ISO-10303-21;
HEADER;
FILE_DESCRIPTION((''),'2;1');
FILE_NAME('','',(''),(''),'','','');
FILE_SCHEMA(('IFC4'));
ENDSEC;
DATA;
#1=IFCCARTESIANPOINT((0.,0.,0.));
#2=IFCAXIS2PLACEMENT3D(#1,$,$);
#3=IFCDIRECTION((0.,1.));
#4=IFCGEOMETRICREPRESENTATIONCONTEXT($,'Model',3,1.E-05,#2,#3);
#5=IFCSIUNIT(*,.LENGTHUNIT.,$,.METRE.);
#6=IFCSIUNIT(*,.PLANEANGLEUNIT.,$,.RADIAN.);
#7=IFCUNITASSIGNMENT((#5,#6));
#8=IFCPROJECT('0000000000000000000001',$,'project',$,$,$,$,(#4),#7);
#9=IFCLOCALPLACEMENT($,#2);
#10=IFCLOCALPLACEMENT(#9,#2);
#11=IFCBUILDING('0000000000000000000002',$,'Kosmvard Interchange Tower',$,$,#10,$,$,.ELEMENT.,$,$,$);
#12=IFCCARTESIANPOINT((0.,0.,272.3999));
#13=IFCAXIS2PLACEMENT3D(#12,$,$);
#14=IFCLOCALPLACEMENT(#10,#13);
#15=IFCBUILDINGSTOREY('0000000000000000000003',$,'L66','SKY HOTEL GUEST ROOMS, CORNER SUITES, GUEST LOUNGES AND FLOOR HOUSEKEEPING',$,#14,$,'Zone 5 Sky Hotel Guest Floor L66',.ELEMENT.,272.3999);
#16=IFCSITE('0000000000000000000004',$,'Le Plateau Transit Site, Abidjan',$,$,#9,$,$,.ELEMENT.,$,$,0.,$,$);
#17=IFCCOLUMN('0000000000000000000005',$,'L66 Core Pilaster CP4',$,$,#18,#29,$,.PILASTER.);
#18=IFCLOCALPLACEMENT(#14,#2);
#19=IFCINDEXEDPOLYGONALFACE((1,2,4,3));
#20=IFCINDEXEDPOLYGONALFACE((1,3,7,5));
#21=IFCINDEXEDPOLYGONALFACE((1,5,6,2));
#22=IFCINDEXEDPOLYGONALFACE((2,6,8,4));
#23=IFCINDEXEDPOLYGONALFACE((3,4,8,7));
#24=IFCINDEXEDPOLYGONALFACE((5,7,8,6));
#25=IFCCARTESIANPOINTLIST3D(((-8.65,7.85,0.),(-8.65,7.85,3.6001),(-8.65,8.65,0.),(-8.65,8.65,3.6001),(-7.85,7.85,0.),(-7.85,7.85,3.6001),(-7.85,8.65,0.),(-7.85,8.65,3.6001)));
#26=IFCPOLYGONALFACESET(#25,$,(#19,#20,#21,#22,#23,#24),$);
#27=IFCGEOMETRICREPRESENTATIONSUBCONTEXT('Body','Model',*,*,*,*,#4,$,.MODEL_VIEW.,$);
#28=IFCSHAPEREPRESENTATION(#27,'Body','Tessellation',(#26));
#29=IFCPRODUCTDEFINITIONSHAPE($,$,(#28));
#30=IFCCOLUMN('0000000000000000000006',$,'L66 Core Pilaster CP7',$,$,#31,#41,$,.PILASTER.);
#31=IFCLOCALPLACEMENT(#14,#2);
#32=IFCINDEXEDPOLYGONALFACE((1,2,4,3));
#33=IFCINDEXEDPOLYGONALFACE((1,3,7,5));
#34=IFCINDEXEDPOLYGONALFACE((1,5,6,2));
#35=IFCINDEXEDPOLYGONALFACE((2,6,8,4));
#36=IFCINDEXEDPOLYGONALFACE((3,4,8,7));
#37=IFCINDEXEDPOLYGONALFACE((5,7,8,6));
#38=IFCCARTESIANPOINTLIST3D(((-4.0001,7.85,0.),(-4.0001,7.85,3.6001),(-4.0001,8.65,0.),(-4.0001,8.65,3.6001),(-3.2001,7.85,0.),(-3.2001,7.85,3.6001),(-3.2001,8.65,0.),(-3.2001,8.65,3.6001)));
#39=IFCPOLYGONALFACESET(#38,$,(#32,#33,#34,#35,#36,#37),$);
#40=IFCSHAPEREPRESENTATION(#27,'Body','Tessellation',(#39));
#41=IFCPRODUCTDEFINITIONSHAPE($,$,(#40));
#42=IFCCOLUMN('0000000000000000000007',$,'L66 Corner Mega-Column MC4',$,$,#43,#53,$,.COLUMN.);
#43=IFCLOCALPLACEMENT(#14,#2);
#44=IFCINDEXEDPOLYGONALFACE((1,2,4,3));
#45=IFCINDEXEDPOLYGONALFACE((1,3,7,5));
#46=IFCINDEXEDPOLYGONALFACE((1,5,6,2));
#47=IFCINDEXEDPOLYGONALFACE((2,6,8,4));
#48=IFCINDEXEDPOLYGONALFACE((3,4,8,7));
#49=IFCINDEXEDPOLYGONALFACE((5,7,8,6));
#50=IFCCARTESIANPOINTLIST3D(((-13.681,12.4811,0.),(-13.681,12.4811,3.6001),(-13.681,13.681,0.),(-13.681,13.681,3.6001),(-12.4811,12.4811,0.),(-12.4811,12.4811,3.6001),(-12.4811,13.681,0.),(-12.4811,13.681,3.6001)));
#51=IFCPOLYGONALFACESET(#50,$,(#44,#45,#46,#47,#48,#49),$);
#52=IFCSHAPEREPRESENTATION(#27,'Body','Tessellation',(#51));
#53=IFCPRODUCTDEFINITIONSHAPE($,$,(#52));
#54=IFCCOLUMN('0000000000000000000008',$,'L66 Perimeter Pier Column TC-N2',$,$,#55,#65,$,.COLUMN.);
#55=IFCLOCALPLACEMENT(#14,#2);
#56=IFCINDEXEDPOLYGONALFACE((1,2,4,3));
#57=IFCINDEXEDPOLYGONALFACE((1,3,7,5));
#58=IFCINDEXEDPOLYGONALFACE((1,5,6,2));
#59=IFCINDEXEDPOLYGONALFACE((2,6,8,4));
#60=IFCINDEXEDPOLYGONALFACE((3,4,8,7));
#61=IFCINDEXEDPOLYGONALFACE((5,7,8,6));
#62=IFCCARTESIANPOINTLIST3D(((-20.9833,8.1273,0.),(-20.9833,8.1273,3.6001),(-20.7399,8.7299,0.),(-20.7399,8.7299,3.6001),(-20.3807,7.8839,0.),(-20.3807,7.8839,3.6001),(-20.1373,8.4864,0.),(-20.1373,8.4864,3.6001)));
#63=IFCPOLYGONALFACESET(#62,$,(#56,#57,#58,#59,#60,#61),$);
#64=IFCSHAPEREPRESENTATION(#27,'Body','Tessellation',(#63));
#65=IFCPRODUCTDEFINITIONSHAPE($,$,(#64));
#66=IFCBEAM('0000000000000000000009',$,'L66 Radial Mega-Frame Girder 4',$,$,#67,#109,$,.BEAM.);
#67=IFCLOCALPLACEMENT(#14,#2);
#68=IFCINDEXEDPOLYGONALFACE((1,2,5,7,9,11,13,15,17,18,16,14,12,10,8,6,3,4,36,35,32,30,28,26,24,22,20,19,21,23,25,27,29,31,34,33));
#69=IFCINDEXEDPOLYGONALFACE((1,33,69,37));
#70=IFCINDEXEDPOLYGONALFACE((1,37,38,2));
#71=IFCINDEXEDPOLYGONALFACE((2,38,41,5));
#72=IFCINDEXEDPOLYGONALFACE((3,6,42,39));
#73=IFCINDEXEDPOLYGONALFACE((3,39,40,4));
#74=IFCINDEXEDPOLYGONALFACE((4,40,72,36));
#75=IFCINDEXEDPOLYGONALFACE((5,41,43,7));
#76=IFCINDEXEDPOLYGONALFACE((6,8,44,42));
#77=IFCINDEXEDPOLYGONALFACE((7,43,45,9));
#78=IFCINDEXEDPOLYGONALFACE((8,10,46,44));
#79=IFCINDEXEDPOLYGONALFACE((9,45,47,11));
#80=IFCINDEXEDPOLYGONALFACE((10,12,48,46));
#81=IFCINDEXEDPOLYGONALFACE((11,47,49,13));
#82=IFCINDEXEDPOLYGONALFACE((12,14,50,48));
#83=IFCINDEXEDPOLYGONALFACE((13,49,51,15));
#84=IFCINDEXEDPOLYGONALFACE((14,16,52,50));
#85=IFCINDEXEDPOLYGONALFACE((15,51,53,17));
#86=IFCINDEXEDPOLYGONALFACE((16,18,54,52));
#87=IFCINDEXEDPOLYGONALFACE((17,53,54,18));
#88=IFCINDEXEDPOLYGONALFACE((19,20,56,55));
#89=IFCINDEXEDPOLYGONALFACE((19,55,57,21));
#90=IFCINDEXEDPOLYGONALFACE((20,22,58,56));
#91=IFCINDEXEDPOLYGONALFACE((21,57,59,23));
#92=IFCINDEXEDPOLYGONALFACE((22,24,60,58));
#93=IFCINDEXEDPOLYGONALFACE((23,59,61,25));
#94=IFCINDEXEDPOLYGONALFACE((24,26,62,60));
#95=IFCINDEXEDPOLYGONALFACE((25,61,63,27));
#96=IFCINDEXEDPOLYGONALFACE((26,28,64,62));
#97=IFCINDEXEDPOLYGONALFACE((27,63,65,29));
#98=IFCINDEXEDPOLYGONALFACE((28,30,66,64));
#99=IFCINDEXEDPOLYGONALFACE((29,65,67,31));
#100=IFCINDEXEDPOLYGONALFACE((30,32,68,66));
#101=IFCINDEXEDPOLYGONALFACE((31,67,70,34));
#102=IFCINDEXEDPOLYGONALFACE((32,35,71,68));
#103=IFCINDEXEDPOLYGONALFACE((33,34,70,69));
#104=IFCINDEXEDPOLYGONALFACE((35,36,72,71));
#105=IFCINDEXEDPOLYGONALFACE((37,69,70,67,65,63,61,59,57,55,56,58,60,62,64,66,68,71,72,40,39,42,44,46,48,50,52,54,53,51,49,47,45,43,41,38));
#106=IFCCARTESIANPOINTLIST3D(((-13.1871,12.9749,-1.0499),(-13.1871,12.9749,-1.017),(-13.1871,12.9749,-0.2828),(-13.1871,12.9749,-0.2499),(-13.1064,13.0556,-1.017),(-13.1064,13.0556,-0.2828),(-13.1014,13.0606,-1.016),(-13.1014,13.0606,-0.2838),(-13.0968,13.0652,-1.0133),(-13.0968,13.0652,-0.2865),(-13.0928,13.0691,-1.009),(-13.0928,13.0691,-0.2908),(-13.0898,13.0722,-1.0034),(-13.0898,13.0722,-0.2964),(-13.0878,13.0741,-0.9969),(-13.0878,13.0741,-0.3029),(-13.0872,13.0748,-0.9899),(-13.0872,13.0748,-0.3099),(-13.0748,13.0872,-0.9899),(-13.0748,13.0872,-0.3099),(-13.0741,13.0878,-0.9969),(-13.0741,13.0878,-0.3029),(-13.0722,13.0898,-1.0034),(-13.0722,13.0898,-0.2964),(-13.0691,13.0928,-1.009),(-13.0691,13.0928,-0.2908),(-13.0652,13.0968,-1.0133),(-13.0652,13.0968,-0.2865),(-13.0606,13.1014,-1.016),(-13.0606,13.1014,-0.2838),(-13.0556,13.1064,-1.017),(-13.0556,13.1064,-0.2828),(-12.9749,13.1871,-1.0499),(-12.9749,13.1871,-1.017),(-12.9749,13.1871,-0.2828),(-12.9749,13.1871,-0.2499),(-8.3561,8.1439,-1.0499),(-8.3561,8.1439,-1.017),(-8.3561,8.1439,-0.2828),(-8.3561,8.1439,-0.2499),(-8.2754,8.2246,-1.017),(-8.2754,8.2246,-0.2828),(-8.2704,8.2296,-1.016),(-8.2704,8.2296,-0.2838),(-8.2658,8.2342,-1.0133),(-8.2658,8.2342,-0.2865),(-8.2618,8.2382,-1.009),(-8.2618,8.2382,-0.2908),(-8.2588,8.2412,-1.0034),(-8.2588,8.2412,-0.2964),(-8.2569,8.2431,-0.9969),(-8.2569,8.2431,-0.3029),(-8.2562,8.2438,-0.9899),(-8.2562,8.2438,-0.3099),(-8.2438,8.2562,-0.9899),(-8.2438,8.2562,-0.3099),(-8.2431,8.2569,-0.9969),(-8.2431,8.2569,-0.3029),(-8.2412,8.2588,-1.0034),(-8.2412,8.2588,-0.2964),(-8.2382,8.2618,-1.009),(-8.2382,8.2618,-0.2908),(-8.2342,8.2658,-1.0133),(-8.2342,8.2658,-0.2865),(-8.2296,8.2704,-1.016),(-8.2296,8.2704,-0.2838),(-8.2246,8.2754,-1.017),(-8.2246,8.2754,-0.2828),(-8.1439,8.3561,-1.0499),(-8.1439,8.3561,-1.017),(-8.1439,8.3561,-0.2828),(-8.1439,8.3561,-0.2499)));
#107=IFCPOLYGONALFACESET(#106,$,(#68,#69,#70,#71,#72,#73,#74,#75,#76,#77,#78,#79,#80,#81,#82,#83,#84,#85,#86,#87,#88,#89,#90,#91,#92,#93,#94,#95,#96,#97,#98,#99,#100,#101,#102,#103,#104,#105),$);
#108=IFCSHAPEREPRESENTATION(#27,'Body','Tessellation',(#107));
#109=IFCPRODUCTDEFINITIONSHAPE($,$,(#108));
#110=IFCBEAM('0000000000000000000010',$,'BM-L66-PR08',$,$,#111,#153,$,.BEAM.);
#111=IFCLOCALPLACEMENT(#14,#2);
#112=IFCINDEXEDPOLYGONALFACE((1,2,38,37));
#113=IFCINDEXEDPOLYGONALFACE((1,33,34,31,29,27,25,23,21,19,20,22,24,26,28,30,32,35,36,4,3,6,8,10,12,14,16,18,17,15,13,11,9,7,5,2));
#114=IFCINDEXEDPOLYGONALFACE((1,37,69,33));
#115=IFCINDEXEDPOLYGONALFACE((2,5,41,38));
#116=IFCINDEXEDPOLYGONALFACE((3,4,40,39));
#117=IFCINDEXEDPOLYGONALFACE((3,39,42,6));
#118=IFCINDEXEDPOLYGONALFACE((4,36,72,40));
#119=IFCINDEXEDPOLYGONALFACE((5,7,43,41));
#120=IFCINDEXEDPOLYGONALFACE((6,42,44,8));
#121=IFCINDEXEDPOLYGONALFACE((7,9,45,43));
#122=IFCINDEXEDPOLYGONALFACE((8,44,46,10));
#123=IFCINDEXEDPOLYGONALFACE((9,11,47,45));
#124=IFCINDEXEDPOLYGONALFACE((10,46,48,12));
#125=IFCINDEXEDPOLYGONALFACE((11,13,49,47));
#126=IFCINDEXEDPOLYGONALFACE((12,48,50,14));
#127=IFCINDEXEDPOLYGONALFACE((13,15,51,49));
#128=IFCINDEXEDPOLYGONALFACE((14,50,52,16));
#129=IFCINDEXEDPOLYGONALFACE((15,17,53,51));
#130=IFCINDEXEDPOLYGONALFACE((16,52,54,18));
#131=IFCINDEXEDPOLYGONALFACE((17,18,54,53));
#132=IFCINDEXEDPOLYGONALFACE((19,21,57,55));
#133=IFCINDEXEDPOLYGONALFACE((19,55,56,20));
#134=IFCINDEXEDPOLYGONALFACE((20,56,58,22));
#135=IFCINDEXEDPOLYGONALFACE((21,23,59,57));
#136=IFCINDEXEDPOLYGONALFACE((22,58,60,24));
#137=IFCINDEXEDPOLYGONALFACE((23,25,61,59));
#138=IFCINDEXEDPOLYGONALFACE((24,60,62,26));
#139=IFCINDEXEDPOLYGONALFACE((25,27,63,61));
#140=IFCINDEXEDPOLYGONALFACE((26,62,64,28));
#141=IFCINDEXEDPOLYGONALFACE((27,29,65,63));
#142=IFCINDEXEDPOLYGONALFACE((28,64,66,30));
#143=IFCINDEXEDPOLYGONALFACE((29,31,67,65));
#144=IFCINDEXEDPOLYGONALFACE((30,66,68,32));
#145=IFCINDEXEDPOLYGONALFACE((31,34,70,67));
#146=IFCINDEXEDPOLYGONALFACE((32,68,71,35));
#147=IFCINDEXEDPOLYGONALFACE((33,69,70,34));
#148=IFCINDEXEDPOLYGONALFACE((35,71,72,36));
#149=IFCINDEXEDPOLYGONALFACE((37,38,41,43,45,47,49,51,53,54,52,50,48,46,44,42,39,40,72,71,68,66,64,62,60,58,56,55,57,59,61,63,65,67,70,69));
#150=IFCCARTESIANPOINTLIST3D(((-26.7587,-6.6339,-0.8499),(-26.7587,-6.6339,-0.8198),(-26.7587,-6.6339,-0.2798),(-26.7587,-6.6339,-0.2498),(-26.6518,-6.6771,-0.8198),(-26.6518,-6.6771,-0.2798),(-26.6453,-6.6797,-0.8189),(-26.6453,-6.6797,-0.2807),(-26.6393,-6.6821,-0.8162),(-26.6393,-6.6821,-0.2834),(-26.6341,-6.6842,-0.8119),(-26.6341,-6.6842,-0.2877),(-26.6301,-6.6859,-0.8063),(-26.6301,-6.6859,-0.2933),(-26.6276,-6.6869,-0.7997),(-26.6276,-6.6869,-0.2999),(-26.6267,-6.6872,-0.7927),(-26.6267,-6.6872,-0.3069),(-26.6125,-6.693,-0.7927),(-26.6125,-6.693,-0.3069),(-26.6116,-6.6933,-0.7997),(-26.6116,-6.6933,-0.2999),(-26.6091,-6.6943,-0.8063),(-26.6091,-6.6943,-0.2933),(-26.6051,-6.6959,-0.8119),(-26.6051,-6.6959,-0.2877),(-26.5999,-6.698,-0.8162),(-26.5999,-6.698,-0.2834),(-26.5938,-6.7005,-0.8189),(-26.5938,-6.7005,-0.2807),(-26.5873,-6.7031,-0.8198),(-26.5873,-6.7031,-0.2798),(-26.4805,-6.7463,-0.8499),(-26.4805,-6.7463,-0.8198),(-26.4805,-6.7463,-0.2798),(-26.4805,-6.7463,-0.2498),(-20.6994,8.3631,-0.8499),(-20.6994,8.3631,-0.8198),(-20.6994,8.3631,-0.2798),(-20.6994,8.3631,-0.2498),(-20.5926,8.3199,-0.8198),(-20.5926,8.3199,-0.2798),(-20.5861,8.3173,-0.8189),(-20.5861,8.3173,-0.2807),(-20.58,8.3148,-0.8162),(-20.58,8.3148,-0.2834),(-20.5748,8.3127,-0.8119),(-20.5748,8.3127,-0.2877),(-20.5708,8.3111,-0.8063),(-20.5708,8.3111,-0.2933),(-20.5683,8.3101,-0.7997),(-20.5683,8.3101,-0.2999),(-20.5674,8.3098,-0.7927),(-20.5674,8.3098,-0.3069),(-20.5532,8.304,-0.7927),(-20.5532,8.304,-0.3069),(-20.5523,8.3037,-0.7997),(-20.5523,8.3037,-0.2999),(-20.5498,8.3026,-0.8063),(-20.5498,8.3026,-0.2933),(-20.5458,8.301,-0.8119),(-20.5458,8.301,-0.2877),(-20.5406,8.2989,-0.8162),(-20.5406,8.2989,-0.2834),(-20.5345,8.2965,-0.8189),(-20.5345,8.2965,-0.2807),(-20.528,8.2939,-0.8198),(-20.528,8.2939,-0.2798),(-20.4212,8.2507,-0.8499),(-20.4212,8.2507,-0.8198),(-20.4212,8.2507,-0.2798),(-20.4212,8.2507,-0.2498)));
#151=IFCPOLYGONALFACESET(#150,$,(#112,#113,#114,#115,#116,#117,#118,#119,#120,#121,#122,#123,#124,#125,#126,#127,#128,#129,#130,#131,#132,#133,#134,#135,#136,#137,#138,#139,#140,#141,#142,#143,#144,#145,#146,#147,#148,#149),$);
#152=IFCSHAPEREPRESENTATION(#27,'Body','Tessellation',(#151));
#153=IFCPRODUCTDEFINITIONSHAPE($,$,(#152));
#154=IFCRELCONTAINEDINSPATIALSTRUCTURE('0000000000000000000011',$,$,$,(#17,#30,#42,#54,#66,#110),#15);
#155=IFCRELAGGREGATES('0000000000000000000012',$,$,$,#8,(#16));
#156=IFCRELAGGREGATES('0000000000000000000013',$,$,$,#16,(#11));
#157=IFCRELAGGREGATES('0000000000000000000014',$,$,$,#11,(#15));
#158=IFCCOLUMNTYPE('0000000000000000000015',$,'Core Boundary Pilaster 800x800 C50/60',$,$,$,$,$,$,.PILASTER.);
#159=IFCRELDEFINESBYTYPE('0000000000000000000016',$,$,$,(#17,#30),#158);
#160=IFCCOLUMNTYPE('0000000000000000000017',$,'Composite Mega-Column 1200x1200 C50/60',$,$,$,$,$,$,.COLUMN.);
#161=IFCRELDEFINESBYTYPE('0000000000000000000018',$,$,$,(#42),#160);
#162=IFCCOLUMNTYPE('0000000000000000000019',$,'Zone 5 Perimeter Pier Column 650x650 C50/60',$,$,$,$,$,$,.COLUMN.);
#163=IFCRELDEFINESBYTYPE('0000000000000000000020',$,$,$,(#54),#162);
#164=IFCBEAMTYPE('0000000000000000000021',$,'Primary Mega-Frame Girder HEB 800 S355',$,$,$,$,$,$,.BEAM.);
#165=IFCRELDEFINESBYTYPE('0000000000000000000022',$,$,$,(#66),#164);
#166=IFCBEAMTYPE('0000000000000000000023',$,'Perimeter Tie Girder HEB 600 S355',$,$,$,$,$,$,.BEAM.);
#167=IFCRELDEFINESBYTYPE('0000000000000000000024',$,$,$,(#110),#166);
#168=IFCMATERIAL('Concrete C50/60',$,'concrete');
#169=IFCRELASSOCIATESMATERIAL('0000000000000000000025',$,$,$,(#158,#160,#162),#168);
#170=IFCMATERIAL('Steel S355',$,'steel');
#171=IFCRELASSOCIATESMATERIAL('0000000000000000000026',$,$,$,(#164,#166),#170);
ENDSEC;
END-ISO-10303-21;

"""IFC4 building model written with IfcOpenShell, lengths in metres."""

from ifc_helpers import new_model, si_unit, direction, frame, origin, origin_2d, place, context, subcontext, project, spatial, rectangle, i_section, extrude, source, transform, mapped, material, material_profile, profile_set, type_object, element, save


model = new_model("IFC4")

# Units and contexts
model_context = context("Model", 3, precision=1e-05, world=origin(), true_north=direction((0.0, 1.0)))
body_context = subcontext(model_context, "Body", "Model", "MODEL_VIEW")
ifc_project = project(units=[si_unit("LENGTHUNIT", "METRE"), si_unit("PLANEANGLEUNIT", "RADIAN")], contexts=[model_context])

# Site, building, storey
site_placement = place(None, origin())
site = spatial("IfcSite", under=ifc_project, at=site_placement, Name="Le Plateau Transit Site, Abidjan", CompositionType="ELEMENT", RefElevation=0.0)
building_placement = place(site_placement, origin())
building = spatial("IfcBuilding", under=site, at=building_placement, Name="Kosmvard Interchange Tower", CompositionType="ELEMENT")
storey_placement = place(building_placement, frame((0.0, 0.0, 272.3999)))
storey = spatial("IfcBuildingStorey", under=building, at=storey_placement, Name="L66", Description="SKY HOTEL GUEST ROOMS, CORNER SUITES, GUEST LOUNGES AND FLOOR HOUSEKEEPING", LongName="Zone 5 Sky Hotel Guest Floor L66", CompositionType="ELEMENT", Elevation=272.3999)

# Columns
ifc_material_1 = material(Name="Concrete C50/60", Category="concrete")
ifc_material_profile_1 = material_profile(ifc_material_1, rectangle(XDim=0.8, YDim=0.8, at=origin_2d()), Name="CP 800x800")
ifc_profile_set_1 = profile_set([ifc_material_profile_1], Name="Concrete C50/60")
column_type_1 = type_object("IfcColumnType", Name="Core Boundary Pilaster 800x800 C50/60", PredefinedType="PILASTER", material=ifc_profile_set_1)
shared_shape_1 = source(origin(), body_context, "Body", "SweptSolid", [
    extrude(rectangle(XDim=0.8, YDim=0.8, at=origin_2d()), origin(), (0.0, 0.0, 1.0), 3.6001),
])
for number, where, z_axis, x_axis, name in (
    (1, (-8.25, 8.25, 0.0), (0.0, 0.0, 1.0), (1.0, 0.0, 0.0), "L66 Core Pilaster CP4"),
    (2, (-3.6001, 8.25, 0.0), (0.0, 0.0, 1.0), (1.0, 0.0, 0.0), "L66 Core Pilaster CP7"),
):
    element("IfcColumn", number, at=place(storey_placement, frame(where, z_axis=z_axis, x_axis=x_axis)), inside=storey, type_object=column_type_1, Name=name, PredefinedType="PILASTER", context=body_context, shape_type="MappedRepresentation", body=[
        mapped(shared_shape_1, transform((0.0, 0.0, 0.0), scale=1.0)),
    ])
ifc_material_profile_2 = material_profile(ifc_material_1, rectangle(XDim=1.2, YDim=1.2, at=origin_2d()), Name="MC 1200x1200")
ifc_profile_set_2 = profile_set([ifc_material_profile_2], Name="Concrete C50/60")
column_type_2 = type_object("IfcColumnType", Name="Composite Mega-Column 1200x1200 C50/60", PredefinedType="COLUMN", material=ifc_profile_set_2)
shared_shape_2 = source(origin(), body_context, "Body", "SweptSolid", [
    extrude(rectangle(XDim=1.2, YDim=1.2, at=origin_2d()), origin(), (0.0, 0.0, 1.0), 3.6001),
])
column_1_placement = place(storey_placement, frame((-13.0811, 13.0811, 0.0), z_axis=(0.0, 0.0, 1.0), x_axis=(1.0, 0.0, 0.0)))
element("IfcColumn", 3, at=column_1_placement, inside=storey, type_object=column_type_2, Name="L66 Corner Mega-Column MC4", PredefinedType="COLUMN", context=body_context, shape_type="MappedRepresentation", body=[
    mapped(shared_shape_2, transform((0.0, 0.0, 0.0), scale=1.0)),
])
ifc_material_profile_3 = material_profile(ifc_material_1, rectangle(XDim=0.6499, YDim=0.6499, at=origin_2d()), Name="TC 650x650")
ifc_profile_set_3 = profile_set([ifc_material_profile_3], Name="Concrete C50/60")
column_type_3 = type_object("IfcColumnType", Name="Zone 5 Perimeter Pier Column 650x650 C50/60", PredefinedType="COLUMN", material=ifc_profile_set_3)
shared_shape_3 = source(origin(), body_context, "Body", "SweptSolid", [
    extrude(rectangle(XDim=0.6499, YDim=0.6499, at=origin_2d()), origin(), (0.0, 0.0, 1.0), 3.6001),
])
column_2_placement = place(storey_placement, frame((-20.5603, 8.3069, 0.0), z_axis=(0.0, 0.0, 1.0), x_axis=(0.374607, 0.927184, 0.0)))
element("IfcColumn", 4, at=column_2_placement, inside=storey, type_object=column_type_3, Name="L66 Perimeter Pier Column TC-N2", PredefinedType="COLUMN", context=body_context, shape_type="MappedRepresentation", body=[
    mapped(shared_shape_3, transform((0.0, 0.0, 0.0), scale=1.0)),
])

# Beams
ifc_material_2 = material(Name="Steel S355", Category="steel")
ifc_material_profile_4 = material_profile(ifc_material_2, i_section(OverallWidth=0.3, OverallDepth=0.8, WebThickness=0.0176, FlangeThickness=0.033, FilletRadius=0.0271, at=origin_2d()), Name="HEB 800")
ifc_profile_set_4 = profile_set([ifc_material_profile_4], Name="Steel S355")
beam_type_1 = type_object("IfcBeamType", Name="Primary Mega-Frame Girder HEB 800 S355", PredefinedType="BEAM", material=ifc_profile_set_4)
shared_shape_4 = source(origin(), body_context, "Body", "SweptSolid", [
    extrude(i_section(OverallWidth=0.3, OverallDepth=0.8, WebThickness=0.0176, FlangeThickness=0.033, FilletRadius=0.0271, at=origin_2d()), origin(), (0.0, 0.0, 1.0), 6.832),
])
beam_1_placement = place(storey_placement, frame((-8.25, 8.25, -0.6499), z_axis=(-0.707107, 0.707107, 0.0), x_axis=(-0.707107, -0.707107, 0.0)))
element("IfcBeam", 5, at=beam_1_placement, inside=storey, type_object=beam_type_1, Name="L66 Radial Mega-Frame Girder 4", PredefinedType="BEAM", context=body_context, shape_type="MappedRepresentation", body=[
    mapped(shared_shape_4, transform((0.0, 0.0, 0.0), scale=1.0)),
])
ifc_material_profile_5 = material_profile(ifc_material_2, i_section(OverallWidth=0.3, OverallDepth=0.6001, WebThickness=0.0154, FlangeThickness=0.03, FilletRadius=0.0271, at=origin_2d()), Name="HEB 600")
ifc_profile_set_5 = profile_set([ifc_material_profile_5], Name="Steel S355")
beam_type_2 = type_object("IfcBeamType", Name="Perimeter Tie Girder HEB 600 S355", PredefinedType="BEAM", material=ifc_profile_set_5)
shared_shape_5 = source(origin(), body_context, "Body", "SweptSolid", [
    extrude(i_section(OverallWidth=0.3, OverallDepth=0.6001, WebThickness=0.0154, FlangeThickness=0.03, FilletRadius=0.0271, at=origin_2d()), origin(), (0.0, 0.0, 1.0), 16.1748),
])
beam_2_placement = place(storey_placement, frame((-20.5603, 8.3069, -0.5498), z_axis=(-0.374613, -0.927181, 0.0), x_axis=(0.927181, -0.374613, 0.0)))
element("IfcBeam", 6, at=beam_2_placement, inside=storey, type_object=beam_type_2, Name="BM-L66-PR08", PredefinedType="BEAM", context=body_context, shape_type="MappedRepresentation", body=[
    mapped(shared_shape_5, transform((0.0, 0.0, 0.0), scale=1.0)),
])

save(model, "model.ifc")
